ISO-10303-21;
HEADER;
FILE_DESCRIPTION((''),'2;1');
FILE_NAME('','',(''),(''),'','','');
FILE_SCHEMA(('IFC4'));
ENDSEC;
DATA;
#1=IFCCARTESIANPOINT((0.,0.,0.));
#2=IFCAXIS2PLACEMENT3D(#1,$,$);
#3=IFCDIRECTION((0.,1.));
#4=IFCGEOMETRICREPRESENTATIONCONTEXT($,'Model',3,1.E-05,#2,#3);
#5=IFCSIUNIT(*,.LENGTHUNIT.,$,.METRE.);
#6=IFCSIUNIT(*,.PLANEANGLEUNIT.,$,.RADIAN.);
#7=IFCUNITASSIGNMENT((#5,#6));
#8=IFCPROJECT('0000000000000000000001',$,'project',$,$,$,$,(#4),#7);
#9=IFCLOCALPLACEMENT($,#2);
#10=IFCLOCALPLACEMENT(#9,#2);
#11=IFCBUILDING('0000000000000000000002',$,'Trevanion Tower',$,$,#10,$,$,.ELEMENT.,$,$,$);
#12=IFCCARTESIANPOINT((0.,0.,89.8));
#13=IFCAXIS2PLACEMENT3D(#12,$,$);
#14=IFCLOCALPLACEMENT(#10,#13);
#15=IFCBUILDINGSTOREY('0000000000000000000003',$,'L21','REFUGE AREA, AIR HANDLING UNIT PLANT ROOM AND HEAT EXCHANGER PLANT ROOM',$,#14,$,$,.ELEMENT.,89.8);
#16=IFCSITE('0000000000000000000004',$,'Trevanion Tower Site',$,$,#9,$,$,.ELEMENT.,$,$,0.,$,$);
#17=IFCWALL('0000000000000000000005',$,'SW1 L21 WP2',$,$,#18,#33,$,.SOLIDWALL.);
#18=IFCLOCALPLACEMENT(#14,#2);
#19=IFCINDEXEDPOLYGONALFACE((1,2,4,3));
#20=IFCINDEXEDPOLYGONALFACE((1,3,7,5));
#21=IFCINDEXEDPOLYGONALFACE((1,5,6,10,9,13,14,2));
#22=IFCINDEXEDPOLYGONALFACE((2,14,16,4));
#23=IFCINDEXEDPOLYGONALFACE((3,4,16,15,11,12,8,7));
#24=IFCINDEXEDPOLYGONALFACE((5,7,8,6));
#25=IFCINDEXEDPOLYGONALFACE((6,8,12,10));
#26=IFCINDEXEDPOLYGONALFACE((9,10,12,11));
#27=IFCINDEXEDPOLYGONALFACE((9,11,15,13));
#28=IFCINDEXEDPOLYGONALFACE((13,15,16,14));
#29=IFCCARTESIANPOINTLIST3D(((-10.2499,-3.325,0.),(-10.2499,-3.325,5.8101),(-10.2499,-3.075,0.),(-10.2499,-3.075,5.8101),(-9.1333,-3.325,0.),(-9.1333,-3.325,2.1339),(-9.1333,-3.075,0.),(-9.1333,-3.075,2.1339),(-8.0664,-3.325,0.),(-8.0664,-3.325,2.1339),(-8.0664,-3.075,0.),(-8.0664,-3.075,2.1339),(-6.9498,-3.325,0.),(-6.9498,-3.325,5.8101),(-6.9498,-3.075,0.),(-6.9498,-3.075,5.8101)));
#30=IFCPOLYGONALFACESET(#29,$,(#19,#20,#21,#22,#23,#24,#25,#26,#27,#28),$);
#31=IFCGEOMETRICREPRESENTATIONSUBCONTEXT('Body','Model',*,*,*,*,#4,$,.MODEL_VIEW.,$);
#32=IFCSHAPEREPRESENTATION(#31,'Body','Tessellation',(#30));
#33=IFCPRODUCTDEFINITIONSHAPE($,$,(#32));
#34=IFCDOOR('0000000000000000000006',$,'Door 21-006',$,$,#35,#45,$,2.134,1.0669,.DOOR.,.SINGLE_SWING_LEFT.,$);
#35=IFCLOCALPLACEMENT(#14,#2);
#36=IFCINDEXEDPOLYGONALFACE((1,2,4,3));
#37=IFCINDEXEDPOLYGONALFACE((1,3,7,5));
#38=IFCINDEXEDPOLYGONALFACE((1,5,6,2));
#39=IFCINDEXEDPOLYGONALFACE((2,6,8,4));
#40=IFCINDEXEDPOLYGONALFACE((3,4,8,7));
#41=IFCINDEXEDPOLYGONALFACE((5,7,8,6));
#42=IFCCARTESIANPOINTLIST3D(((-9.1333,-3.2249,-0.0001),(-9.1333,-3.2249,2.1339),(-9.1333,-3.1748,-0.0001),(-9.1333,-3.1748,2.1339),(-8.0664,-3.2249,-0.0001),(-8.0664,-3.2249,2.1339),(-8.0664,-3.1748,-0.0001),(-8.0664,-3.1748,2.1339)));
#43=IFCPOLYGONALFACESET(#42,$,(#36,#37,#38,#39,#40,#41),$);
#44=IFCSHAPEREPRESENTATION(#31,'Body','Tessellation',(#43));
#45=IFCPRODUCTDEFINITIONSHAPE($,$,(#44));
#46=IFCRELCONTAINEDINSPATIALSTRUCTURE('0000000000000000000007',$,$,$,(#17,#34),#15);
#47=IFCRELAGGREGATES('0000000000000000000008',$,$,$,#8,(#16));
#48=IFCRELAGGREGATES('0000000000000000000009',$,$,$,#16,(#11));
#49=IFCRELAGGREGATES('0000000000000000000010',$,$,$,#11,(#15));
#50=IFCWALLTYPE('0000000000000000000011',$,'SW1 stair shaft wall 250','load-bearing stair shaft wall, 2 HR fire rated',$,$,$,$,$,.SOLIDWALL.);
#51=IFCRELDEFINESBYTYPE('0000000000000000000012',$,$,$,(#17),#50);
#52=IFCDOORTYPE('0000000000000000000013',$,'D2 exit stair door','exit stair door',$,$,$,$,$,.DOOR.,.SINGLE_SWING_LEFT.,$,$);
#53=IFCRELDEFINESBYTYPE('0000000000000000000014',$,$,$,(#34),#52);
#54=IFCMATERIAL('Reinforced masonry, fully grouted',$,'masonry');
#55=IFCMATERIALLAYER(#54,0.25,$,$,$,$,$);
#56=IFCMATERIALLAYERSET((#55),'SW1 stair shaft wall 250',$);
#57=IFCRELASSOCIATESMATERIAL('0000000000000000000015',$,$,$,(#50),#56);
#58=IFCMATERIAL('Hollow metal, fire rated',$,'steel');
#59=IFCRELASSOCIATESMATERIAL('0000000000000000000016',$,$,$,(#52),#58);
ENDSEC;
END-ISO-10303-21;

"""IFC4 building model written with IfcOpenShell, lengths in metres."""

from ifc_helpers import new_model, si_unit, direction, frame, frame_2d, origin, place, context, subcontext, project, spatial, rectangle, extrude, material, layer, layer_set, type_object, element, fill, save


model = new_model("IFC4")

# Units and contexts
model_context = context("Model", 3, precision=1e-05, world=origin(), true_north=direction((0.0, 1.0)))
body_context = subcontext(model_context, "Body", "Model", "MODEL_VIEW")
ifc_project = project(units=[si_unit("LENGTHUNIT", "METRE"), si_unit("PLANEANGLEUNIT", "RADIAN")], contexts=[model_context])

# Site, building, storey
site_placement = place(None, origin())
site = spatial("IfcSite", under=ifc_project, at=site_placement, Name="Trevanion Tower Site", CompositionType="ELEMENT", RefElevation=0.0)
building_placement = place(site_placement, origin())
building = spatial("IfcBuilding", under=site, at=building_placement, Name="Trevanion Tower", CompositionType="ELEMENT")
storey_placement = place(building_placement, frame((0.0, 0.0, 89.8)))
storey = spatial("IfcBuildingStorey", under=building, at=storey_placement, Name="L21", Description="REFUGE AREA, AIR HANDLING UNIT PLANT ROOM AND HEAT EXCHANGER PLANT ROOM", CompositionType="ELEMENT", Elevation=89.8)

# Wall, opening, door
ifc_material_1 = material(Name="Reinforced masonry, fully grouted", Category="masonry")
ifc_layer_1 = layer(ifc_material_1, 0.25)
ifc_layer_set_1 = layer_set([ifc_layer_1], Name="SW1 stair shaft wall 250")
wall_type_1 = type_object("IfcWallType", Name="SW1 stair shaft wall 250", Description="load-bearing stair shaft wall, 2 HR fire rated", PredefinedType="SOLIDWALL", material=ifc_layer_set_1)
wall_1_placement = place(storey_placement, frame((-6.95, -3.2, 0.0), z_axis=(0.0, 0.0, 1.0), x_axis=(-1.0, 0.0, 0.0)))
wall_1 = element("IfcWall", 1, at=wall_1_placement, inside=storey, type_object=wall_type_1, Name="SW1 L21 WP2", PredefinedType="SOLIDWALL", context=body_context, shape_type="SweptSolid", body=[
    extrude(rectangle(XDim=3.3, YDim=0.25, at=frame_2d((1.6499, 0.0))), origin(), (0.0, 0.0, 1.0), 5.8101),
])
opening_1_placement = place(wall_1_placement, frame((1.1165, 0.0, 0.0)))
opening_1 = element("IfcOpeningElement", 2, at=opening_1_placement, cuts=wall_1, PredefinedType="OPENING", context=body_context, shape_type="SweptSolid", body=[
    extrude(rectangle(XDim=1.0669, YDim=2.134, at=frame_2d((0.5334, 1.0669))), frame((0.0, 0.135, 0.0), z_axis=(0.0, -1.0, 0.0), x_axis=(1.0, 0.0, 0.0)), (0.0, 0.0, 1.0), 0.27),
])
ifc_material_2 = material(Name="Hollow metal, fire rated", Category="steel")
door_type_1 = type_object("IfcDoorType", Name="D2 exit stair door", Description="exit stair door", OperationType="SINGLE_SWING_LEFT", PredefinedType="DOOR", material=ifc_material_2)
door_1_placement = place(opening_1_placement, origin())
door_1 = element("IfcDoor", 3, at=door_1_placement, inside=storey, type_object=door_type_1, Name="Door 21-006", OperationType="SINGLE_SWING_LEFT", OverallHeight=2.134, OverallWidth=1.0669, PredefinedType="DOOR", context=body_context, shape_type="SweptSolid", body=[
    extrude(rectangle(XDim=1.0669, YDim=2.134, at=frame_2d((0.5334, 1.0669))), frame((0.0, 0.0249, 0.0), z_axis=(0.0, -1.0, 0.0), x_axis=(1.0, 0.0, 0.0)), (0.0, 0.0, 1.0), 0.05),
])
fill(opening_1, door_1)

save(model, "model.ifc")
